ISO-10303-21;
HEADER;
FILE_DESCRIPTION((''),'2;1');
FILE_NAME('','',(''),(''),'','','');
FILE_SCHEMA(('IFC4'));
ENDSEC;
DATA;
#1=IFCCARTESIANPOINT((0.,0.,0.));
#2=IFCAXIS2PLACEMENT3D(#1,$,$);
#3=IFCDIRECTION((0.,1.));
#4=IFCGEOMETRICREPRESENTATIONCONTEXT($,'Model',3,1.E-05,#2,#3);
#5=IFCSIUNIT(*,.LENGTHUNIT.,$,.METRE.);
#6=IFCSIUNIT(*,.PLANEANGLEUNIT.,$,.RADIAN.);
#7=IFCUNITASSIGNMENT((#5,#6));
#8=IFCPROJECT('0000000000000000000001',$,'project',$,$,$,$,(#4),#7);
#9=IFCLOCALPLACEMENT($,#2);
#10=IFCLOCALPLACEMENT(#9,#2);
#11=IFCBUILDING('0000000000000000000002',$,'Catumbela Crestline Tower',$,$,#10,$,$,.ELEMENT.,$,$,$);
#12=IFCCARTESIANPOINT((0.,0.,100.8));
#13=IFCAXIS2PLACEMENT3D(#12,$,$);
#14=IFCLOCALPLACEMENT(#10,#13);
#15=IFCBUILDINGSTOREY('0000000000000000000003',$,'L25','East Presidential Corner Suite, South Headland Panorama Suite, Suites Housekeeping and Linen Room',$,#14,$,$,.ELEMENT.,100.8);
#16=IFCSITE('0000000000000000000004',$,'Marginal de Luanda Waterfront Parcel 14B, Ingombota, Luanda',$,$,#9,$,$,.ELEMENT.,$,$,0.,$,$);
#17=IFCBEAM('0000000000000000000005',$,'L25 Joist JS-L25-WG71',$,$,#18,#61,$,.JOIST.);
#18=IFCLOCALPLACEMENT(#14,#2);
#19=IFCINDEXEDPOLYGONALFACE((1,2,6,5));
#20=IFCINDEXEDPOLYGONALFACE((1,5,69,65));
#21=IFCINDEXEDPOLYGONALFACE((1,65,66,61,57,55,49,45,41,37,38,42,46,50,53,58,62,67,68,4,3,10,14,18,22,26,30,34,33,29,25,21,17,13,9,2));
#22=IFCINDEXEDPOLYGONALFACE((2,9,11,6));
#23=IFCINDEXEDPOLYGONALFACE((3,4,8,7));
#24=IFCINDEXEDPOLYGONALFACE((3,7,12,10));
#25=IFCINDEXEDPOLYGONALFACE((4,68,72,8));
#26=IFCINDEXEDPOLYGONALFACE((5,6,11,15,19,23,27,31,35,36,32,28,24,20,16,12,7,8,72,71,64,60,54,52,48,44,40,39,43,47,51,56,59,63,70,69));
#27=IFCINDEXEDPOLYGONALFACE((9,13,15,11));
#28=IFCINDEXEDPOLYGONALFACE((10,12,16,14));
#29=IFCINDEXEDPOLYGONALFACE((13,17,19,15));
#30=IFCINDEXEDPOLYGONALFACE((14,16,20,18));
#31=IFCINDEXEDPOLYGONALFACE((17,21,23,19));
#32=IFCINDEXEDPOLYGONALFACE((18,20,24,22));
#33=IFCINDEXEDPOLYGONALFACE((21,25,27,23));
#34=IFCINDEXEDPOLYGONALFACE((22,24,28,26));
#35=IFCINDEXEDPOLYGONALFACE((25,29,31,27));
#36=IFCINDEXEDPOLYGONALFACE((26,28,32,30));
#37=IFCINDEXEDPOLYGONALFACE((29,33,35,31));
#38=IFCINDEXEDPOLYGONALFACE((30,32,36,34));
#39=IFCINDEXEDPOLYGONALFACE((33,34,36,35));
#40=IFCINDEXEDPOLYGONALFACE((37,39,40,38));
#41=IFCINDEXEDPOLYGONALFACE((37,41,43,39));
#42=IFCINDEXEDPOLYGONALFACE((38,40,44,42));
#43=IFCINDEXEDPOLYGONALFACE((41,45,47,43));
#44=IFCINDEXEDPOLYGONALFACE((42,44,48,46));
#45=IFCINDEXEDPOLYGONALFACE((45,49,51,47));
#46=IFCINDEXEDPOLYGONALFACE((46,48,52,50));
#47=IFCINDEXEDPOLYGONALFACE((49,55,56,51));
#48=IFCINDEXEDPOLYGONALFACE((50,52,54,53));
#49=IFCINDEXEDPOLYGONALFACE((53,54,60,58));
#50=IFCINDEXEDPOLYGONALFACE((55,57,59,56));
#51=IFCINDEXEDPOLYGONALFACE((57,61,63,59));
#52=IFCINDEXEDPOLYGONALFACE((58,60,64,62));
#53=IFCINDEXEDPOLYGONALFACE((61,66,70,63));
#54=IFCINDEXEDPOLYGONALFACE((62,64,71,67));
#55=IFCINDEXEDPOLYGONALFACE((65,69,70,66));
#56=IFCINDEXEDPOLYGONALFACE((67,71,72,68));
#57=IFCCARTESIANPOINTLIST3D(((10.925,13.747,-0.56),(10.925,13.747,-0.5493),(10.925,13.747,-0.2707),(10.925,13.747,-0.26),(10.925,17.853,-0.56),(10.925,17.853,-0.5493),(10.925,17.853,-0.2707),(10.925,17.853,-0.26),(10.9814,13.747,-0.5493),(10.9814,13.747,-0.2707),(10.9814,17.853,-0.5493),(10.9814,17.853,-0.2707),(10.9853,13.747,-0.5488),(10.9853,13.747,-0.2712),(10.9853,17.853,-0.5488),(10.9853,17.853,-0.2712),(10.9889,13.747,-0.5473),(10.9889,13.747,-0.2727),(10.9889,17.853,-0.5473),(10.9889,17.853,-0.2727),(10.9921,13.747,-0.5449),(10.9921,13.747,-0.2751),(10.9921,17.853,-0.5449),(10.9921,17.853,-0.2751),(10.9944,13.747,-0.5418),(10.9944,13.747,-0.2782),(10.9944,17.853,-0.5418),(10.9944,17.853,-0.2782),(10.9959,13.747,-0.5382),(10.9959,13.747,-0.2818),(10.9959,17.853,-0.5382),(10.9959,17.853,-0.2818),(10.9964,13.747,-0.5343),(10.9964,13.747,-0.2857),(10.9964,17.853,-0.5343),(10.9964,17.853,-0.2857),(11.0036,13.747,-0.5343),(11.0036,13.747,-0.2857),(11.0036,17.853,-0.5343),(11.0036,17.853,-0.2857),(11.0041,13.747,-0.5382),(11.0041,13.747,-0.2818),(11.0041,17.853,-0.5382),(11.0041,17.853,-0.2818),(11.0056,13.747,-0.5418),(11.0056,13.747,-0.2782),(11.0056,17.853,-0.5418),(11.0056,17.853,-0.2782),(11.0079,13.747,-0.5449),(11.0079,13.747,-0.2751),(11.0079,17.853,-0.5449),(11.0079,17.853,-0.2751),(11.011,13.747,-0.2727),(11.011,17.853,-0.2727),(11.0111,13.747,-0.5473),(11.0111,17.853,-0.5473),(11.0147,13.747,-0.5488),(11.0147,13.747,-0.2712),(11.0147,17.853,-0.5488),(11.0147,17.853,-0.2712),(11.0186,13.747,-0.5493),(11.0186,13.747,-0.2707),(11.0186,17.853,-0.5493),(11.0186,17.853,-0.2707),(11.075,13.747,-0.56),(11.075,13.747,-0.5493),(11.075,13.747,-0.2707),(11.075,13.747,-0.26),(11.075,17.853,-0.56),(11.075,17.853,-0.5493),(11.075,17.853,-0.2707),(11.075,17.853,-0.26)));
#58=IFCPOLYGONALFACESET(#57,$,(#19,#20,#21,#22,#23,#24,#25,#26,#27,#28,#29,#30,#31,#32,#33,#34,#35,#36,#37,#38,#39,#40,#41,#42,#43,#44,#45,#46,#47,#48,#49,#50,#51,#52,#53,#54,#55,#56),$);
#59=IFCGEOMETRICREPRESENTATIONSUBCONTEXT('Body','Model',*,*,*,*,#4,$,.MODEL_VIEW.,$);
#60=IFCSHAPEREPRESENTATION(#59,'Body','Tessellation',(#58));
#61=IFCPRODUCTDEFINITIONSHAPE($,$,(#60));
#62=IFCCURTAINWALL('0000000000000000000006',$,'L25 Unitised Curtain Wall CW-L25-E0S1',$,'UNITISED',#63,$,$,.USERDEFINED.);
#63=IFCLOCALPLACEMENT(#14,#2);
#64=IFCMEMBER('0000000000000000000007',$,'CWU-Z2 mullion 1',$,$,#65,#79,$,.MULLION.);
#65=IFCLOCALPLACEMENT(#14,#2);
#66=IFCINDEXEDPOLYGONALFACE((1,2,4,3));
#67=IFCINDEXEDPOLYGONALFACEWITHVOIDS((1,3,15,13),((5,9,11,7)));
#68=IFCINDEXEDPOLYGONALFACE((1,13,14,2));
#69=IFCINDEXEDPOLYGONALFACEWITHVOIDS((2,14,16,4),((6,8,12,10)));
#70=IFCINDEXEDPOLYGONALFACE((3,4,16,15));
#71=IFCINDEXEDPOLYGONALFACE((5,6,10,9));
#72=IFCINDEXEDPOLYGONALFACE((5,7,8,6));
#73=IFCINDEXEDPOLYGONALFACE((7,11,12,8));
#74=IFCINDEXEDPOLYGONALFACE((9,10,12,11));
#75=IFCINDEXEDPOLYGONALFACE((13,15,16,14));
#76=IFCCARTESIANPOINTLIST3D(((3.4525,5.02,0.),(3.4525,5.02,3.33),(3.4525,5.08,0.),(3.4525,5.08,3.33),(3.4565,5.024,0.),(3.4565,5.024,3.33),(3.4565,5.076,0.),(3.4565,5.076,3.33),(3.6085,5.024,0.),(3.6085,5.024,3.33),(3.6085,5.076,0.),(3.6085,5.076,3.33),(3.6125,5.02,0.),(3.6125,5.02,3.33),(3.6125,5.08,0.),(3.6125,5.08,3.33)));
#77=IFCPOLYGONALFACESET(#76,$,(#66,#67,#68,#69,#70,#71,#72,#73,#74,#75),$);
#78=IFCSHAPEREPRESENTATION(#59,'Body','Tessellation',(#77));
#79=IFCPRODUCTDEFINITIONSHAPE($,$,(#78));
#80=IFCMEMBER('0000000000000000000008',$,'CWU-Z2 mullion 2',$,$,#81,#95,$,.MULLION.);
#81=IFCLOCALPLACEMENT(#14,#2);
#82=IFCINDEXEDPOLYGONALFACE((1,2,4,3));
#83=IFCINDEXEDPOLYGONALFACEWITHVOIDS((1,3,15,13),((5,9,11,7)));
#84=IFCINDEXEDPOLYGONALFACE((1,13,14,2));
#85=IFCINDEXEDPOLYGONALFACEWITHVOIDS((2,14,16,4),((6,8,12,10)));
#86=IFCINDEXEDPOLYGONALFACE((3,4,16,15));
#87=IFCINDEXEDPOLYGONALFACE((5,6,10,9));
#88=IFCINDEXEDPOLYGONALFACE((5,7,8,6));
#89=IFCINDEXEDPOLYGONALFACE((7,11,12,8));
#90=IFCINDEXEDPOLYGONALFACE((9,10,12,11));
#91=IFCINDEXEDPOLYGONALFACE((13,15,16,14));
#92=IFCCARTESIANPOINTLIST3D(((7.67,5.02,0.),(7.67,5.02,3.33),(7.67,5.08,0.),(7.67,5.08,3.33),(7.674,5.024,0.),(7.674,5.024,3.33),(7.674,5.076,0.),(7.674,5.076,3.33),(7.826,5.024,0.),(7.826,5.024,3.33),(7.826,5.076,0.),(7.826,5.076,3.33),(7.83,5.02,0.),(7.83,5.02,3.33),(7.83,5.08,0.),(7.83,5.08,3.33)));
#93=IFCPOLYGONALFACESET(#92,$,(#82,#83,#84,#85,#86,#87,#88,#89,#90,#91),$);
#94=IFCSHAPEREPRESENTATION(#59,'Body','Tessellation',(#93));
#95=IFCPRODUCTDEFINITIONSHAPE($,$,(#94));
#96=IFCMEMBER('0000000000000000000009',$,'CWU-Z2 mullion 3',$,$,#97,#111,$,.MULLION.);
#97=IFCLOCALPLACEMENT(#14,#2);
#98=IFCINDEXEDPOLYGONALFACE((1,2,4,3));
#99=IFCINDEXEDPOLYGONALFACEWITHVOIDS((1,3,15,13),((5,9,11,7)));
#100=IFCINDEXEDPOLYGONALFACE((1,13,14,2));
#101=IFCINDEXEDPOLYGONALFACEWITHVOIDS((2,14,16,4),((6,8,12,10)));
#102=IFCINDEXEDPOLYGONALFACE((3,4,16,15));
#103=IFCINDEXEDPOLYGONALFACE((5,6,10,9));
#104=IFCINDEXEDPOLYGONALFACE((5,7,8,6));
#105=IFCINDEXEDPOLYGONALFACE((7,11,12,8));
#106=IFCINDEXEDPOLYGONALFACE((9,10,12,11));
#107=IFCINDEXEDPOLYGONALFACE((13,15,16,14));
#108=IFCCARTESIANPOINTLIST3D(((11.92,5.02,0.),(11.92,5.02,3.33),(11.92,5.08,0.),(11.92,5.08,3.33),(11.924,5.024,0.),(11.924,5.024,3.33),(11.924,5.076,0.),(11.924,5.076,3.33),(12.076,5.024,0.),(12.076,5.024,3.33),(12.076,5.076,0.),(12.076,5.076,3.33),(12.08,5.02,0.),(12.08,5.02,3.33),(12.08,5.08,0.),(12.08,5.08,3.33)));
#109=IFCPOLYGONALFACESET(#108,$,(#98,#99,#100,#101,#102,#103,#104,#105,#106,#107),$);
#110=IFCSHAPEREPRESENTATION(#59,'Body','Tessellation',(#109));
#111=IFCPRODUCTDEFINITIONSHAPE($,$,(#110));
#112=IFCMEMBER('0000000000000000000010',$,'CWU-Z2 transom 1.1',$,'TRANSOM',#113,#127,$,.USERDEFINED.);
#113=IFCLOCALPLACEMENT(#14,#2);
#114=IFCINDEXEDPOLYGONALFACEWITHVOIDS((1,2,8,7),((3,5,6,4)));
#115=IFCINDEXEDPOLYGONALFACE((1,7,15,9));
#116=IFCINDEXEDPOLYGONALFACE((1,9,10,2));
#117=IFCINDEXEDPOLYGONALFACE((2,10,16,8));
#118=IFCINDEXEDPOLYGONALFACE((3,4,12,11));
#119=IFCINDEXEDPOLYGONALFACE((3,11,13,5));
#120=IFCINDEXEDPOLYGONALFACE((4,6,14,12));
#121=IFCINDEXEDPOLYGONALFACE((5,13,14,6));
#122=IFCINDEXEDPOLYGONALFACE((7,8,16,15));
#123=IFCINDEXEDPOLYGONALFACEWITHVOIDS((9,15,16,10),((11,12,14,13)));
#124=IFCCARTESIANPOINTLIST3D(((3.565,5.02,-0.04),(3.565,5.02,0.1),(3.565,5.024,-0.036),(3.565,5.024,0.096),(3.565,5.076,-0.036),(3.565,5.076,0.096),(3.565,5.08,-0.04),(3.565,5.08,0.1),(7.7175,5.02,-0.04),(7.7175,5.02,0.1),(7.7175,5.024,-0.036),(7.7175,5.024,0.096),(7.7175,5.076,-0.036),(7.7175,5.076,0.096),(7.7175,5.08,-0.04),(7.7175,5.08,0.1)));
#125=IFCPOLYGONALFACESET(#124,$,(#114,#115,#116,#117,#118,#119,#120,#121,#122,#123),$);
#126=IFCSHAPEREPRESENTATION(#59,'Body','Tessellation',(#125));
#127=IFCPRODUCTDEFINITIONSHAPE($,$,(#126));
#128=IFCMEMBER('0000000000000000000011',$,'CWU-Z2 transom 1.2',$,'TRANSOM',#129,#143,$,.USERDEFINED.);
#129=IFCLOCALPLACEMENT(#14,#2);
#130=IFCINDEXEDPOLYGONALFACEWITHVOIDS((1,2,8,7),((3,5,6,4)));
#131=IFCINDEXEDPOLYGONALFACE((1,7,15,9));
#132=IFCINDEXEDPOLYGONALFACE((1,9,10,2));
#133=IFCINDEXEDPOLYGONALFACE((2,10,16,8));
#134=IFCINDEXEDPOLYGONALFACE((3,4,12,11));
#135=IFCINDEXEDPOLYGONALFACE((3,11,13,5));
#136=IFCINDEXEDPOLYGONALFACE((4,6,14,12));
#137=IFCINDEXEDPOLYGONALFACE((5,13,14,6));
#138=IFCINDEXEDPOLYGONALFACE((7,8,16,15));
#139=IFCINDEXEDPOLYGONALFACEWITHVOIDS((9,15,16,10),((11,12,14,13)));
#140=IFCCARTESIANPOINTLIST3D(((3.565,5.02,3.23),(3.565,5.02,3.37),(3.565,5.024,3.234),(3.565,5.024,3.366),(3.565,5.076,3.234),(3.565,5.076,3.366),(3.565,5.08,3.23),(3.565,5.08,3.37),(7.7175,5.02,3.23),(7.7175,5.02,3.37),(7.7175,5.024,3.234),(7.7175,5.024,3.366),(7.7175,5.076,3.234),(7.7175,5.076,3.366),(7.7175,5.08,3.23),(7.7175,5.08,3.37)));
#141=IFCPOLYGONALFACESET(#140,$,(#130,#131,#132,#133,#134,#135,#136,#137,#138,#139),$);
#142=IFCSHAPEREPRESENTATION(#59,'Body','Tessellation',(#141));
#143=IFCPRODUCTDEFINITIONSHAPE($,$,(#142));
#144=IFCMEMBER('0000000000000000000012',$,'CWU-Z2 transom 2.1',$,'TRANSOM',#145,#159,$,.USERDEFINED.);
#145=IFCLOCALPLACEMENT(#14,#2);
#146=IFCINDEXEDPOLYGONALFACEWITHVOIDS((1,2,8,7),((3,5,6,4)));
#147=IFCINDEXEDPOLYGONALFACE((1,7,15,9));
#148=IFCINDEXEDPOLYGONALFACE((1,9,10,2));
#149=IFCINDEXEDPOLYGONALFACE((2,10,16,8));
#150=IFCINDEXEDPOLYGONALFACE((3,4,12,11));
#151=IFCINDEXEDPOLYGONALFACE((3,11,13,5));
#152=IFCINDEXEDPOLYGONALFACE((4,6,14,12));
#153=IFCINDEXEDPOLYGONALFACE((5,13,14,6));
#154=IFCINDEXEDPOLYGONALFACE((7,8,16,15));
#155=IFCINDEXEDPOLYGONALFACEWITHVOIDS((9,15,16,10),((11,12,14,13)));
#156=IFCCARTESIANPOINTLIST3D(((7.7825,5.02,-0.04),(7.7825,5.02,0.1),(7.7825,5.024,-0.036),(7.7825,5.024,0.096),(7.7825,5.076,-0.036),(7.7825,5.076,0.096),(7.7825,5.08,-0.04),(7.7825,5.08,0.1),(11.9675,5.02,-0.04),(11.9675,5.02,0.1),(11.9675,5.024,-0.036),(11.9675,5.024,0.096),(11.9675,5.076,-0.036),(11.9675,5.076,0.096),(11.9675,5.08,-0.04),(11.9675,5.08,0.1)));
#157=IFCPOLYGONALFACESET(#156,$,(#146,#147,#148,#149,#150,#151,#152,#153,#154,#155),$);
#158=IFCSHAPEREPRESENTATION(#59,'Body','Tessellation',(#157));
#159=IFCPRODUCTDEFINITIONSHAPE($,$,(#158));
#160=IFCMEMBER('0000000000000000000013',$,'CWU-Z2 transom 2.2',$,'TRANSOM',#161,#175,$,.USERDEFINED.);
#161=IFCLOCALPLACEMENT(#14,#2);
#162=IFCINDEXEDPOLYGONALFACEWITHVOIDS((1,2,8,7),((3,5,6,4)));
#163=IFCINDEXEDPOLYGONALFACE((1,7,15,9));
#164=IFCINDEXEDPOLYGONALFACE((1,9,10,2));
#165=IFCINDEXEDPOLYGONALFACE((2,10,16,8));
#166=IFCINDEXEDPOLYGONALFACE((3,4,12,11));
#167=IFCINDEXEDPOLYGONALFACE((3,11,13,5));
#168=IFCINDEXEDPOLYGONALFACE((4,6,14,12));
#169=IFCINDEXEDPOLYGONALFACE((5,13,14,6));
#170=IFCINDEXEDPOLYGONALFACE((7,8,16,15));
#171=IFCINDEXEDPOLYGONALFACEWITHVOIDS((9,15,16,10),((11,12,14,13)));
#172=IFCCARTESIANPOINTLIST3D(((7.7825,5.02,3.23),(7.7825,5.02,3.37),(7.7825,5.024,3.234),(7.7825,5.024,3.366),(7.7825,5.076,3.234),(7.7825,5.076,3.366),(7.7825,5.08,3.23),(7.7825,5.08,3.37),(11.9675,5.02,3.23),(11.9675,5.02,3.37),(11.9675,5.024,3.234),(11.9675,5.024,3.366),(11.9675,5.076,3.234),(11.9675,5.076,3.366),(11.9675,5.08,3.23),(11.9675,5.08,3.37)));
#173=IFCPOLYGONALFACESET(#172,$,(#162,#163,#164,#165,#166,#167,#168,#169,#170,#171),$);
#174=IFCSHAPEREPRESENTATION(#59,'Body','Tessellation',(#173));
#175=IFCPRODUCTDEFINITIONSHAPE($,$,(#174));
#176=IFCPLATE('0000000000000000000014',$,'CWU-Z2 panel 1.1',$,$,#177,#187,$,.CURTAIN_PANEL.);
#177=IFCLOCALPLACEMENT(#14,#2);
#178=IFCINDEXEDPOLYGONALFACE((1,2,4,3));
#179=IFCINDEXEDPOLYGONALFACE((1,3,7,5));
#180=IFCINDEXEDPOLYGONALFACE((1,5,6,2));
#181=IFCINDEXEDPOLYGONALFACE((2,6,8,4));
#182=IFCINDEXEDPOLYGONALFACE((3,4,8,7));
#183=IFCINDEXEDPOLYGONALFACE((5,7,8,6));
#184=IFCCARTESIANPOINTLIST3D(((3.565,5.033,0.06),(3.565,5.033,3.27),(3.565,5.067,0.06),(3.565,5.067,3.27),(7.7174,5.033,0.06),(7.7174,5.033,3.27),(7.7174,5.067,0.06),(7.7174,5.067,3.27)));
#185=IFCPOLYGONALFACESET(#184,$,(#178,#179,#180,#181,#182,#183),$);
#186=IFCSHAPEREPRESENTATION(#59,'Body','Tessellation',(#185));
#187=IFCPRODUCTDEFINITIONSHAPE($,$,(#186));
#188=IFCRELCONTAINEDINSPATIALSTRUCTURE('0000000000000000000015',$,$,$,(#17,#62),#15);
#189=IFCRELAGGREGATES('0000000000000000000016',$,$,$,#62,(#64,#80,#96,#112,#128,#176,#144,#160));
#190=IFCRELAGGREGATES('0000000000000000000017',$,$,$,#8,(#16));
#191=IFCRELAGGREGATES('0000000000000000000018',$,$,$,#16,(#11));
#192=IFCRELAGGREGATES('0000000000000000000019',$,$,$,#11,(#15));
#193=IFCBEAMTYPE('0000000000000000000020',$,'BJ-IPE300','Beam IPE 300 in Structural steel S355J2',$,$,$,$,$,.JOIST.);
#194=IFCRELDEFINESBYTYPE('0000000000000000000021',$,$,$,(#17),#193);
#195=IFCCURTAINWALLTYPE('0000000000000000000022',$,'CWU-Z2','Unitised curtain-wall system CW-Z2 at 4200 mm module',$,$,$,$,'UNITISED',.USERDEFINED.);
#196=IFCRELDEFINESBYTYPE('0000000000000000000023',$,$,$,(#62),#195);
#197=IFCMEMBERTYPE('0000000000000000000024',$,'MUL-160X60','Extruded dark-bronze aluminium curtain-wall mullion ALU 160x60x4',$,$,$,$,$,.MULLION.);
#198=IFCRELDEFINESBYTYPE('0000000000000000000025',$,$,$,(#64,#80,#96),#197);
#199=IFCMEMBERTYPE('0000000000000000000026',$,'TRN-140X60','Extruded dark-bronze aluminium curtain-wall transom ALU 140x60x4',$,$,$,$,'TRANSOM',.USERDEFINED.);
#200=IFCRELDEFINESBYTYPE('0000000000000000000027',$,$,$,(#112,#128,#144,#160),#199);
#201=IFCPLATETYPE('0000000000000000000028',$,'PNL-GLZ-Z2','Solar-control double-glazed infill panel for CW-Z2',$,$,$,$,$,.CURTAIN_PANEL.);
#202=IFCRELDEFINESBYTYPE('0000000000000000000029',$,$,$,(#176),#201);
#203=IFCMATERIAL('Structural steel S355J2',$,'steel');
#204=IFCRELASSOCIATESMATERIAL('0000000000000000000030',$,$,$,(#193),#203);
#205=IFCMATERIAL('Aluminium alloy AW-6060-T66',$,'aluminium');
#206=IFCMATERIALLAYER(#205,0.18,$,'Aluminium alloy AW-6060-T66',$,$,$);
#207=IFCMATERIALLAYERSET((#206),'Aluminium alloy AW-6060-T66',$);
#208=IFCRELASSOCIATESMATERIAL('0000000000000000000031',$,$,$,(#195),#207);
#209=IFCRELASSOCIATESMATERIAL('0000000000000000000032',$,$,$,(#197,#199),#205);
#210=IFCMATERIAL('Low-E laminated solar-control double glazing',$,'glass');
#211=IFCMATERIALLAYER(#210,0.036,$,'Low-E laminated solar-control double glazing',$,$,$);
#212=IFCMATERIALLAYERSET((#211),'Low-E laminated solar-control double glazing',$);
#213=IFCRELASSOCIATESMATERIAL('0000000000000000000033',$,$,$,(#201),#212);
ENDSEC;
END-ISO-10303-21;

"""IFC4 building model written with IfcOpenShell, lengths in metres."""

from ifc_helpers import new_model, si_unit, direction, frame, origin, origin_2d, place, context, subcontext, project, spatial, rectangle, hollow_rectangle, i_section, extrude, material, layer, layer_set, material_profile, profile_set, type_object, element, aggregate, save


model = new_model("IFC4")

# Units and contexts
model_context = context("Model", 3, precision=1e-05, world=origin(), true_north=direction((0.0, 1.0)))
body_context = subcontext(model_context, "Body", "Model", "MODEL_VIEW")
ifc_project = project(units=[si_unit("LENGTHUNIT", "METRE"), si_unit("PLANEANGLEUNIT", "RADIAN")], contexts=[model_context])

# Site, building, storey
site_placement = place(None, origin())
site = spatial("IfcSite", under=ifc_project, at=site_placement, Name="Marginal de Luanda Waterfront Parcel 14B, Ingombota, Luanda", CompositionType="ELEMENT", RefElevation=0.0)
building_placement = place(site_placement, origin())
building = spatial("IfcBuilding", under=site, at=building_placement, Name="Catumbela Crestline Tower", CompositionType="ELEMENT")
storey_placement = place(building_placement, frame((0.0, 0.0, 100.8)))
storey = spatial("IfcBuildingStorey", under=building, at=storey_placement, Name="L25", Description="East Presidential Corner Suite, South Headland Panorama Suite, Suites Housekeeping and Linen Room", CompositionType="ELEMENT", Elevation=100.8)

# Beam
ifc_material_1 = material(Name="Structural steel S355J2", Category="steel")
ifc_material_profile_1 = material_profile(ifc_material_1, i_section(OverallWidth=0.15, OverallDepth=0.3, WebThickness=0.0071, FlangeThickness=0.0107, FilletRadius=0.015, at=origin_2d()), Name="IPE 300")
ifc_profile_set_1 = profile_set([ifc_material_profile_1], Name="Structural steel S355J2")
beam_type_1 = type_object("IfcBeamType", Name="BJ-IPE300", Description="Beam IPE 300 in Structural steel S355J2", PredefinedType="JOIST", material=ifc_profile_set_1)
for number, where, z_axis, x_axis, name in (
    (1, (11.0, 13.747, -0.41), (0.0, 1.0, 0.0), (-1.0, 0.0, 0.0), "L25 Joist JS-L25-WG71"),
):
    element("IfcBeam", number, at=place(storey_placement, frame(where, z_axis=z_axis, x_axis=x_axis)), inside=storey, type_object=beam_type_1, Name=name, PredefinedType="JOIST", context=body_context, shape_type="SweptSolid", body=[
        extrude(i_section(OverallWidth=0.15, OverallDepth=0.3, WebThickness=0.0071, FlangeThickness=0.0107, FilletRadius=0.015, at=origin_2d()), origin(), (0.0, 0.0, 1.0), 4.106),
    ])

# Curtain wall, members, plate
ifc_material_2 = material(Name="Aluminium alloy AW-6060-T66", Category="aluminium")
ifc_layer_1 = layer(ifc_material_2, 0.18, Name="Aluminium alloy AW-6060-T66")
ifc_layer_set_1 = layer_set([ifc_layer_1], Name="Aluminium alloy AW-6060-T66")
curtain_wall_type = type_object("IfcCurtainWallType", Name="CWU-Z2", Description="Unitised curtain-wall system CW-Z2 at 4200 mm module", ElementType="UNITISED", PredefinedType="USERDEFINED", material=ifc_layer_set_1)
curtain_wall_placement = place(storey_placement, origin())
curtain_wall = element("IfcCurtainWall", 2, at=curtain_wall_placement, inside=storey, type_object=curtain_wall_type, Name="L25 Unitised Curtain Wall CW-L25-E0S1", ObjectType="UNITISED", PredefinedType="USERDEFINED")
ifc_material_profile_2 = material_profile(ifc_material_2, hollow_rectangle(XDim=0.06, YDim=0.16, WallThickness=0.004, at=origin_2d()), Name="ALU 160x60x4")
ifc_profile_set_2 = profile_set([ifc_material_profile_2], Name="Aluminium alloy AW-6060-T66")
member_type_1 = type_object("IfcMemberType", Name="MUL-160X60", Description="Extruded dark-bronze aluminium curtain-wall mullion ALU 160x60x4", PredefinedType="MULLION", material=ifc_profile_set_2)
member_1_placement = place(storey_placement, frame((3.5325, 5.05, 0.0), z_axis=(0.0, 0.0, 1.0), x_axis=(0.0, 1.0, 0.0)))
member_1 = element("IfcMember", 3, at=member_1_placement, type_object=member_type_1, Name="CWU-Z2 mullion 1", PredefinedType="MULLION", context=body_context, shape_type="SweptSolid", body=[
    extrude(hollow_rectangle(XDim=0.06, YDim=0.16, WallThickness=0.004, at=origin_2d()), origin(), (0.0, 0.0, 1.0), 3.33),
])
member_2_placement = place(storey_placement, frame((7.75, 5.05, 0.0), z_axis=(0.0, 0.0, 1.0), x_axis=(0.0, 1.0, 0.0)))
member_2 = element("IfcMember", 4, at=member_2_placement, type_object=member_type_1, Name="CWU-Z2 mullion 2", PredefinedType="MULLION", context=body_context, shape_type="SweptSolid", body=[
    extrude(hollow_rectangle(XDim=0.06, YDim=0.16, WallThickness=0.004, at=origin_2d()), origin(), (0.0, 0.0, 1.0), 3.33),
])
member_3_placement = place(storey_placement, frame((12.0, 5.05, 0.0), z_axis=(0.0, 0.0, 1.0), x_axis=(0.0, 1.0, 0.0)))
member_3 = element("IfcMember", 5, at=member_3_placement, type_object=member_type_1, Name="CWU-Z2 mullion 3", PredefinedType="MULLION", context=body_context, shape_type="SweptSolid", body=[
    extrude(hollow_rectangle(XDim=0.06, YDim=0.16, WallThickness=0.004, at=origin_2d()), origin(), (0.0, 0.0, 1.0), 3.33),
])
ifc_material_profile_3 = material_profile(ifc_material_2, hollow_rectangle(XDim=0.06, YDim=0.14, WallThickness=0.004, at=origin_2d()), Name="ALU 140x60x4")
ifc_profile_set_3 = profile_set([ifc_material_profile_3], Name="Aluminium alloy AW-6060-T66")
member_type_2 = type_object("IfcMemberType", Name="TRN-140X60", Description="Extruded dark-bronze aluminium curtain-wall transom ALU 140x60x4", ElementType="TRANSOM", PredefinedType="USERDEFINED", material=ifc_profile_set_3)
member_4_placement = place(storey_placement, frame((3.565, 5.05, 0.03), z_axis=(1.0, 0.0, 0.0), x_axis=(0.0, 1.0, 0.0)))
member_4 = element("IfcMember", 6, at=member_4_placement, type_object=member_type_2, Name="CWU-Z2 transom 1.1", ObjectType="TRANSOM", PredefinedType="USERDEFINED", context=body_context, shape_type="SweptSolid", body=[
    extrude(hollow_rectangle(XDim=0.06, YDim=0.14, WallThickness=0.004, at=origin_2d()), origin(), (0.0, 0.0, 1.0), 4.1525),
])
member_5_placement = place(storey_placement, frame((3.565, 5.05, 3.3), z_axis=(1.0, 0.0, 0.0), x_axis=(0.0, 1.0, 0.0)))
member_5 = element("IfcMember", 7, at=member_5_placement, type_object=member_type_2, Name="CWU-Z2 transom 1.2", ObjectType="TRANSOM", PredefinedType="USERDEFINED", context=body_context, shape_type="SweptSolid", body=[
    extrude(hollow_rectangle(XDim=0.06, YDim=0.14, WallThickness=0.004, at=origin_2d()), origin(), (0.0, 0.0, 1.0), 4.1525),
])
member_6_placement = place(storey_placement, frame((7.7825, 5.05, 0.03), z_axis=(1.0, 0.0, 0.0), x_axis=(0.0, 1.0, 0.0)))
member_6 = element("IfcMember", 8, at=member_6_placement, type_object=member_type_2, Name="CWU-Z2 transom 2.1", ObjectType="TRANSOM", PredefinedType="USERDEFINED", context=body_context, shape_type="SweptSolid", body=[
    extrude(hollow_rectangle(XDim=0.06, YDim=0.14, WallThickness=0.004, at=origin_2d()), origin(), (0.0, 0.0, 1.0), 4.185),
])
member_7_placement = place(storey_placement, frame((7.7825, 5.05, 3.3), z_axis=(1.0, 0.0, 0.0), x_axis=(0.0, 1.0, 0.0)))
member_7 = element("IfcMember", 9, at=member_7_placement, type_object=member_type_2, Name="CWU-Z2 transom 2.2", ObjectType="TRANSOM", PredefinedType="USERDEFINED", context=body_context, shape_type="SweptSolid", body=[
    extrude(hollow_rectangle(XDim=0.06, YDim=0.14, WallThickness=0.004, at=origin_2d()), origin(), (0.0, 0.0, 1.0), 4.185),
])
ifc_material_3 = material(Name="Low-E laminated solar-control double glazing", Category="glass")
ifc_layer_2 = layer(ifc_material_3, 0.036, Name="Low-E laminated solar-control double glazing")
ifc_layer_set_2 = layer_set([ifc_layer_2], Name="Low-E laminated solar-control double glazing")
plate_type = type_object("IfcPlateType", Name="PNL-GLZ-Z2", Description="Solar-control double-glazed infill panel for CW-Z2", PredefinedType="CURTAIN_PANEL", material=ifc_layer_set_2)
plate_1_placement = place(storey_placement, frame((5.6412, 5.05, 0.06), z_axis=(0.0, 0.0, 1.0), x_axis=(1.0, 0.0, 0.0)))
plate_1 = element("IfcPlate", 10, at=plate_1_placement, type_object=plate_type, Name="CWU-Z2 panel 1.1", PredefinedType="CURTAIN_PANEL", context=body_context, shape_type="SweptSolid", body=[
    extrude(rectangle(XDim=4.1525, YDim=0.034, at=origin_2d()), origin(), (0.0, 0.0, 1.0), 3.21),
])
aggregate(curtain_wall, [member_1, member_2, member_3, member_4, member_5, plate_1, member_6, member_7])

save(model, "model.ifc")
